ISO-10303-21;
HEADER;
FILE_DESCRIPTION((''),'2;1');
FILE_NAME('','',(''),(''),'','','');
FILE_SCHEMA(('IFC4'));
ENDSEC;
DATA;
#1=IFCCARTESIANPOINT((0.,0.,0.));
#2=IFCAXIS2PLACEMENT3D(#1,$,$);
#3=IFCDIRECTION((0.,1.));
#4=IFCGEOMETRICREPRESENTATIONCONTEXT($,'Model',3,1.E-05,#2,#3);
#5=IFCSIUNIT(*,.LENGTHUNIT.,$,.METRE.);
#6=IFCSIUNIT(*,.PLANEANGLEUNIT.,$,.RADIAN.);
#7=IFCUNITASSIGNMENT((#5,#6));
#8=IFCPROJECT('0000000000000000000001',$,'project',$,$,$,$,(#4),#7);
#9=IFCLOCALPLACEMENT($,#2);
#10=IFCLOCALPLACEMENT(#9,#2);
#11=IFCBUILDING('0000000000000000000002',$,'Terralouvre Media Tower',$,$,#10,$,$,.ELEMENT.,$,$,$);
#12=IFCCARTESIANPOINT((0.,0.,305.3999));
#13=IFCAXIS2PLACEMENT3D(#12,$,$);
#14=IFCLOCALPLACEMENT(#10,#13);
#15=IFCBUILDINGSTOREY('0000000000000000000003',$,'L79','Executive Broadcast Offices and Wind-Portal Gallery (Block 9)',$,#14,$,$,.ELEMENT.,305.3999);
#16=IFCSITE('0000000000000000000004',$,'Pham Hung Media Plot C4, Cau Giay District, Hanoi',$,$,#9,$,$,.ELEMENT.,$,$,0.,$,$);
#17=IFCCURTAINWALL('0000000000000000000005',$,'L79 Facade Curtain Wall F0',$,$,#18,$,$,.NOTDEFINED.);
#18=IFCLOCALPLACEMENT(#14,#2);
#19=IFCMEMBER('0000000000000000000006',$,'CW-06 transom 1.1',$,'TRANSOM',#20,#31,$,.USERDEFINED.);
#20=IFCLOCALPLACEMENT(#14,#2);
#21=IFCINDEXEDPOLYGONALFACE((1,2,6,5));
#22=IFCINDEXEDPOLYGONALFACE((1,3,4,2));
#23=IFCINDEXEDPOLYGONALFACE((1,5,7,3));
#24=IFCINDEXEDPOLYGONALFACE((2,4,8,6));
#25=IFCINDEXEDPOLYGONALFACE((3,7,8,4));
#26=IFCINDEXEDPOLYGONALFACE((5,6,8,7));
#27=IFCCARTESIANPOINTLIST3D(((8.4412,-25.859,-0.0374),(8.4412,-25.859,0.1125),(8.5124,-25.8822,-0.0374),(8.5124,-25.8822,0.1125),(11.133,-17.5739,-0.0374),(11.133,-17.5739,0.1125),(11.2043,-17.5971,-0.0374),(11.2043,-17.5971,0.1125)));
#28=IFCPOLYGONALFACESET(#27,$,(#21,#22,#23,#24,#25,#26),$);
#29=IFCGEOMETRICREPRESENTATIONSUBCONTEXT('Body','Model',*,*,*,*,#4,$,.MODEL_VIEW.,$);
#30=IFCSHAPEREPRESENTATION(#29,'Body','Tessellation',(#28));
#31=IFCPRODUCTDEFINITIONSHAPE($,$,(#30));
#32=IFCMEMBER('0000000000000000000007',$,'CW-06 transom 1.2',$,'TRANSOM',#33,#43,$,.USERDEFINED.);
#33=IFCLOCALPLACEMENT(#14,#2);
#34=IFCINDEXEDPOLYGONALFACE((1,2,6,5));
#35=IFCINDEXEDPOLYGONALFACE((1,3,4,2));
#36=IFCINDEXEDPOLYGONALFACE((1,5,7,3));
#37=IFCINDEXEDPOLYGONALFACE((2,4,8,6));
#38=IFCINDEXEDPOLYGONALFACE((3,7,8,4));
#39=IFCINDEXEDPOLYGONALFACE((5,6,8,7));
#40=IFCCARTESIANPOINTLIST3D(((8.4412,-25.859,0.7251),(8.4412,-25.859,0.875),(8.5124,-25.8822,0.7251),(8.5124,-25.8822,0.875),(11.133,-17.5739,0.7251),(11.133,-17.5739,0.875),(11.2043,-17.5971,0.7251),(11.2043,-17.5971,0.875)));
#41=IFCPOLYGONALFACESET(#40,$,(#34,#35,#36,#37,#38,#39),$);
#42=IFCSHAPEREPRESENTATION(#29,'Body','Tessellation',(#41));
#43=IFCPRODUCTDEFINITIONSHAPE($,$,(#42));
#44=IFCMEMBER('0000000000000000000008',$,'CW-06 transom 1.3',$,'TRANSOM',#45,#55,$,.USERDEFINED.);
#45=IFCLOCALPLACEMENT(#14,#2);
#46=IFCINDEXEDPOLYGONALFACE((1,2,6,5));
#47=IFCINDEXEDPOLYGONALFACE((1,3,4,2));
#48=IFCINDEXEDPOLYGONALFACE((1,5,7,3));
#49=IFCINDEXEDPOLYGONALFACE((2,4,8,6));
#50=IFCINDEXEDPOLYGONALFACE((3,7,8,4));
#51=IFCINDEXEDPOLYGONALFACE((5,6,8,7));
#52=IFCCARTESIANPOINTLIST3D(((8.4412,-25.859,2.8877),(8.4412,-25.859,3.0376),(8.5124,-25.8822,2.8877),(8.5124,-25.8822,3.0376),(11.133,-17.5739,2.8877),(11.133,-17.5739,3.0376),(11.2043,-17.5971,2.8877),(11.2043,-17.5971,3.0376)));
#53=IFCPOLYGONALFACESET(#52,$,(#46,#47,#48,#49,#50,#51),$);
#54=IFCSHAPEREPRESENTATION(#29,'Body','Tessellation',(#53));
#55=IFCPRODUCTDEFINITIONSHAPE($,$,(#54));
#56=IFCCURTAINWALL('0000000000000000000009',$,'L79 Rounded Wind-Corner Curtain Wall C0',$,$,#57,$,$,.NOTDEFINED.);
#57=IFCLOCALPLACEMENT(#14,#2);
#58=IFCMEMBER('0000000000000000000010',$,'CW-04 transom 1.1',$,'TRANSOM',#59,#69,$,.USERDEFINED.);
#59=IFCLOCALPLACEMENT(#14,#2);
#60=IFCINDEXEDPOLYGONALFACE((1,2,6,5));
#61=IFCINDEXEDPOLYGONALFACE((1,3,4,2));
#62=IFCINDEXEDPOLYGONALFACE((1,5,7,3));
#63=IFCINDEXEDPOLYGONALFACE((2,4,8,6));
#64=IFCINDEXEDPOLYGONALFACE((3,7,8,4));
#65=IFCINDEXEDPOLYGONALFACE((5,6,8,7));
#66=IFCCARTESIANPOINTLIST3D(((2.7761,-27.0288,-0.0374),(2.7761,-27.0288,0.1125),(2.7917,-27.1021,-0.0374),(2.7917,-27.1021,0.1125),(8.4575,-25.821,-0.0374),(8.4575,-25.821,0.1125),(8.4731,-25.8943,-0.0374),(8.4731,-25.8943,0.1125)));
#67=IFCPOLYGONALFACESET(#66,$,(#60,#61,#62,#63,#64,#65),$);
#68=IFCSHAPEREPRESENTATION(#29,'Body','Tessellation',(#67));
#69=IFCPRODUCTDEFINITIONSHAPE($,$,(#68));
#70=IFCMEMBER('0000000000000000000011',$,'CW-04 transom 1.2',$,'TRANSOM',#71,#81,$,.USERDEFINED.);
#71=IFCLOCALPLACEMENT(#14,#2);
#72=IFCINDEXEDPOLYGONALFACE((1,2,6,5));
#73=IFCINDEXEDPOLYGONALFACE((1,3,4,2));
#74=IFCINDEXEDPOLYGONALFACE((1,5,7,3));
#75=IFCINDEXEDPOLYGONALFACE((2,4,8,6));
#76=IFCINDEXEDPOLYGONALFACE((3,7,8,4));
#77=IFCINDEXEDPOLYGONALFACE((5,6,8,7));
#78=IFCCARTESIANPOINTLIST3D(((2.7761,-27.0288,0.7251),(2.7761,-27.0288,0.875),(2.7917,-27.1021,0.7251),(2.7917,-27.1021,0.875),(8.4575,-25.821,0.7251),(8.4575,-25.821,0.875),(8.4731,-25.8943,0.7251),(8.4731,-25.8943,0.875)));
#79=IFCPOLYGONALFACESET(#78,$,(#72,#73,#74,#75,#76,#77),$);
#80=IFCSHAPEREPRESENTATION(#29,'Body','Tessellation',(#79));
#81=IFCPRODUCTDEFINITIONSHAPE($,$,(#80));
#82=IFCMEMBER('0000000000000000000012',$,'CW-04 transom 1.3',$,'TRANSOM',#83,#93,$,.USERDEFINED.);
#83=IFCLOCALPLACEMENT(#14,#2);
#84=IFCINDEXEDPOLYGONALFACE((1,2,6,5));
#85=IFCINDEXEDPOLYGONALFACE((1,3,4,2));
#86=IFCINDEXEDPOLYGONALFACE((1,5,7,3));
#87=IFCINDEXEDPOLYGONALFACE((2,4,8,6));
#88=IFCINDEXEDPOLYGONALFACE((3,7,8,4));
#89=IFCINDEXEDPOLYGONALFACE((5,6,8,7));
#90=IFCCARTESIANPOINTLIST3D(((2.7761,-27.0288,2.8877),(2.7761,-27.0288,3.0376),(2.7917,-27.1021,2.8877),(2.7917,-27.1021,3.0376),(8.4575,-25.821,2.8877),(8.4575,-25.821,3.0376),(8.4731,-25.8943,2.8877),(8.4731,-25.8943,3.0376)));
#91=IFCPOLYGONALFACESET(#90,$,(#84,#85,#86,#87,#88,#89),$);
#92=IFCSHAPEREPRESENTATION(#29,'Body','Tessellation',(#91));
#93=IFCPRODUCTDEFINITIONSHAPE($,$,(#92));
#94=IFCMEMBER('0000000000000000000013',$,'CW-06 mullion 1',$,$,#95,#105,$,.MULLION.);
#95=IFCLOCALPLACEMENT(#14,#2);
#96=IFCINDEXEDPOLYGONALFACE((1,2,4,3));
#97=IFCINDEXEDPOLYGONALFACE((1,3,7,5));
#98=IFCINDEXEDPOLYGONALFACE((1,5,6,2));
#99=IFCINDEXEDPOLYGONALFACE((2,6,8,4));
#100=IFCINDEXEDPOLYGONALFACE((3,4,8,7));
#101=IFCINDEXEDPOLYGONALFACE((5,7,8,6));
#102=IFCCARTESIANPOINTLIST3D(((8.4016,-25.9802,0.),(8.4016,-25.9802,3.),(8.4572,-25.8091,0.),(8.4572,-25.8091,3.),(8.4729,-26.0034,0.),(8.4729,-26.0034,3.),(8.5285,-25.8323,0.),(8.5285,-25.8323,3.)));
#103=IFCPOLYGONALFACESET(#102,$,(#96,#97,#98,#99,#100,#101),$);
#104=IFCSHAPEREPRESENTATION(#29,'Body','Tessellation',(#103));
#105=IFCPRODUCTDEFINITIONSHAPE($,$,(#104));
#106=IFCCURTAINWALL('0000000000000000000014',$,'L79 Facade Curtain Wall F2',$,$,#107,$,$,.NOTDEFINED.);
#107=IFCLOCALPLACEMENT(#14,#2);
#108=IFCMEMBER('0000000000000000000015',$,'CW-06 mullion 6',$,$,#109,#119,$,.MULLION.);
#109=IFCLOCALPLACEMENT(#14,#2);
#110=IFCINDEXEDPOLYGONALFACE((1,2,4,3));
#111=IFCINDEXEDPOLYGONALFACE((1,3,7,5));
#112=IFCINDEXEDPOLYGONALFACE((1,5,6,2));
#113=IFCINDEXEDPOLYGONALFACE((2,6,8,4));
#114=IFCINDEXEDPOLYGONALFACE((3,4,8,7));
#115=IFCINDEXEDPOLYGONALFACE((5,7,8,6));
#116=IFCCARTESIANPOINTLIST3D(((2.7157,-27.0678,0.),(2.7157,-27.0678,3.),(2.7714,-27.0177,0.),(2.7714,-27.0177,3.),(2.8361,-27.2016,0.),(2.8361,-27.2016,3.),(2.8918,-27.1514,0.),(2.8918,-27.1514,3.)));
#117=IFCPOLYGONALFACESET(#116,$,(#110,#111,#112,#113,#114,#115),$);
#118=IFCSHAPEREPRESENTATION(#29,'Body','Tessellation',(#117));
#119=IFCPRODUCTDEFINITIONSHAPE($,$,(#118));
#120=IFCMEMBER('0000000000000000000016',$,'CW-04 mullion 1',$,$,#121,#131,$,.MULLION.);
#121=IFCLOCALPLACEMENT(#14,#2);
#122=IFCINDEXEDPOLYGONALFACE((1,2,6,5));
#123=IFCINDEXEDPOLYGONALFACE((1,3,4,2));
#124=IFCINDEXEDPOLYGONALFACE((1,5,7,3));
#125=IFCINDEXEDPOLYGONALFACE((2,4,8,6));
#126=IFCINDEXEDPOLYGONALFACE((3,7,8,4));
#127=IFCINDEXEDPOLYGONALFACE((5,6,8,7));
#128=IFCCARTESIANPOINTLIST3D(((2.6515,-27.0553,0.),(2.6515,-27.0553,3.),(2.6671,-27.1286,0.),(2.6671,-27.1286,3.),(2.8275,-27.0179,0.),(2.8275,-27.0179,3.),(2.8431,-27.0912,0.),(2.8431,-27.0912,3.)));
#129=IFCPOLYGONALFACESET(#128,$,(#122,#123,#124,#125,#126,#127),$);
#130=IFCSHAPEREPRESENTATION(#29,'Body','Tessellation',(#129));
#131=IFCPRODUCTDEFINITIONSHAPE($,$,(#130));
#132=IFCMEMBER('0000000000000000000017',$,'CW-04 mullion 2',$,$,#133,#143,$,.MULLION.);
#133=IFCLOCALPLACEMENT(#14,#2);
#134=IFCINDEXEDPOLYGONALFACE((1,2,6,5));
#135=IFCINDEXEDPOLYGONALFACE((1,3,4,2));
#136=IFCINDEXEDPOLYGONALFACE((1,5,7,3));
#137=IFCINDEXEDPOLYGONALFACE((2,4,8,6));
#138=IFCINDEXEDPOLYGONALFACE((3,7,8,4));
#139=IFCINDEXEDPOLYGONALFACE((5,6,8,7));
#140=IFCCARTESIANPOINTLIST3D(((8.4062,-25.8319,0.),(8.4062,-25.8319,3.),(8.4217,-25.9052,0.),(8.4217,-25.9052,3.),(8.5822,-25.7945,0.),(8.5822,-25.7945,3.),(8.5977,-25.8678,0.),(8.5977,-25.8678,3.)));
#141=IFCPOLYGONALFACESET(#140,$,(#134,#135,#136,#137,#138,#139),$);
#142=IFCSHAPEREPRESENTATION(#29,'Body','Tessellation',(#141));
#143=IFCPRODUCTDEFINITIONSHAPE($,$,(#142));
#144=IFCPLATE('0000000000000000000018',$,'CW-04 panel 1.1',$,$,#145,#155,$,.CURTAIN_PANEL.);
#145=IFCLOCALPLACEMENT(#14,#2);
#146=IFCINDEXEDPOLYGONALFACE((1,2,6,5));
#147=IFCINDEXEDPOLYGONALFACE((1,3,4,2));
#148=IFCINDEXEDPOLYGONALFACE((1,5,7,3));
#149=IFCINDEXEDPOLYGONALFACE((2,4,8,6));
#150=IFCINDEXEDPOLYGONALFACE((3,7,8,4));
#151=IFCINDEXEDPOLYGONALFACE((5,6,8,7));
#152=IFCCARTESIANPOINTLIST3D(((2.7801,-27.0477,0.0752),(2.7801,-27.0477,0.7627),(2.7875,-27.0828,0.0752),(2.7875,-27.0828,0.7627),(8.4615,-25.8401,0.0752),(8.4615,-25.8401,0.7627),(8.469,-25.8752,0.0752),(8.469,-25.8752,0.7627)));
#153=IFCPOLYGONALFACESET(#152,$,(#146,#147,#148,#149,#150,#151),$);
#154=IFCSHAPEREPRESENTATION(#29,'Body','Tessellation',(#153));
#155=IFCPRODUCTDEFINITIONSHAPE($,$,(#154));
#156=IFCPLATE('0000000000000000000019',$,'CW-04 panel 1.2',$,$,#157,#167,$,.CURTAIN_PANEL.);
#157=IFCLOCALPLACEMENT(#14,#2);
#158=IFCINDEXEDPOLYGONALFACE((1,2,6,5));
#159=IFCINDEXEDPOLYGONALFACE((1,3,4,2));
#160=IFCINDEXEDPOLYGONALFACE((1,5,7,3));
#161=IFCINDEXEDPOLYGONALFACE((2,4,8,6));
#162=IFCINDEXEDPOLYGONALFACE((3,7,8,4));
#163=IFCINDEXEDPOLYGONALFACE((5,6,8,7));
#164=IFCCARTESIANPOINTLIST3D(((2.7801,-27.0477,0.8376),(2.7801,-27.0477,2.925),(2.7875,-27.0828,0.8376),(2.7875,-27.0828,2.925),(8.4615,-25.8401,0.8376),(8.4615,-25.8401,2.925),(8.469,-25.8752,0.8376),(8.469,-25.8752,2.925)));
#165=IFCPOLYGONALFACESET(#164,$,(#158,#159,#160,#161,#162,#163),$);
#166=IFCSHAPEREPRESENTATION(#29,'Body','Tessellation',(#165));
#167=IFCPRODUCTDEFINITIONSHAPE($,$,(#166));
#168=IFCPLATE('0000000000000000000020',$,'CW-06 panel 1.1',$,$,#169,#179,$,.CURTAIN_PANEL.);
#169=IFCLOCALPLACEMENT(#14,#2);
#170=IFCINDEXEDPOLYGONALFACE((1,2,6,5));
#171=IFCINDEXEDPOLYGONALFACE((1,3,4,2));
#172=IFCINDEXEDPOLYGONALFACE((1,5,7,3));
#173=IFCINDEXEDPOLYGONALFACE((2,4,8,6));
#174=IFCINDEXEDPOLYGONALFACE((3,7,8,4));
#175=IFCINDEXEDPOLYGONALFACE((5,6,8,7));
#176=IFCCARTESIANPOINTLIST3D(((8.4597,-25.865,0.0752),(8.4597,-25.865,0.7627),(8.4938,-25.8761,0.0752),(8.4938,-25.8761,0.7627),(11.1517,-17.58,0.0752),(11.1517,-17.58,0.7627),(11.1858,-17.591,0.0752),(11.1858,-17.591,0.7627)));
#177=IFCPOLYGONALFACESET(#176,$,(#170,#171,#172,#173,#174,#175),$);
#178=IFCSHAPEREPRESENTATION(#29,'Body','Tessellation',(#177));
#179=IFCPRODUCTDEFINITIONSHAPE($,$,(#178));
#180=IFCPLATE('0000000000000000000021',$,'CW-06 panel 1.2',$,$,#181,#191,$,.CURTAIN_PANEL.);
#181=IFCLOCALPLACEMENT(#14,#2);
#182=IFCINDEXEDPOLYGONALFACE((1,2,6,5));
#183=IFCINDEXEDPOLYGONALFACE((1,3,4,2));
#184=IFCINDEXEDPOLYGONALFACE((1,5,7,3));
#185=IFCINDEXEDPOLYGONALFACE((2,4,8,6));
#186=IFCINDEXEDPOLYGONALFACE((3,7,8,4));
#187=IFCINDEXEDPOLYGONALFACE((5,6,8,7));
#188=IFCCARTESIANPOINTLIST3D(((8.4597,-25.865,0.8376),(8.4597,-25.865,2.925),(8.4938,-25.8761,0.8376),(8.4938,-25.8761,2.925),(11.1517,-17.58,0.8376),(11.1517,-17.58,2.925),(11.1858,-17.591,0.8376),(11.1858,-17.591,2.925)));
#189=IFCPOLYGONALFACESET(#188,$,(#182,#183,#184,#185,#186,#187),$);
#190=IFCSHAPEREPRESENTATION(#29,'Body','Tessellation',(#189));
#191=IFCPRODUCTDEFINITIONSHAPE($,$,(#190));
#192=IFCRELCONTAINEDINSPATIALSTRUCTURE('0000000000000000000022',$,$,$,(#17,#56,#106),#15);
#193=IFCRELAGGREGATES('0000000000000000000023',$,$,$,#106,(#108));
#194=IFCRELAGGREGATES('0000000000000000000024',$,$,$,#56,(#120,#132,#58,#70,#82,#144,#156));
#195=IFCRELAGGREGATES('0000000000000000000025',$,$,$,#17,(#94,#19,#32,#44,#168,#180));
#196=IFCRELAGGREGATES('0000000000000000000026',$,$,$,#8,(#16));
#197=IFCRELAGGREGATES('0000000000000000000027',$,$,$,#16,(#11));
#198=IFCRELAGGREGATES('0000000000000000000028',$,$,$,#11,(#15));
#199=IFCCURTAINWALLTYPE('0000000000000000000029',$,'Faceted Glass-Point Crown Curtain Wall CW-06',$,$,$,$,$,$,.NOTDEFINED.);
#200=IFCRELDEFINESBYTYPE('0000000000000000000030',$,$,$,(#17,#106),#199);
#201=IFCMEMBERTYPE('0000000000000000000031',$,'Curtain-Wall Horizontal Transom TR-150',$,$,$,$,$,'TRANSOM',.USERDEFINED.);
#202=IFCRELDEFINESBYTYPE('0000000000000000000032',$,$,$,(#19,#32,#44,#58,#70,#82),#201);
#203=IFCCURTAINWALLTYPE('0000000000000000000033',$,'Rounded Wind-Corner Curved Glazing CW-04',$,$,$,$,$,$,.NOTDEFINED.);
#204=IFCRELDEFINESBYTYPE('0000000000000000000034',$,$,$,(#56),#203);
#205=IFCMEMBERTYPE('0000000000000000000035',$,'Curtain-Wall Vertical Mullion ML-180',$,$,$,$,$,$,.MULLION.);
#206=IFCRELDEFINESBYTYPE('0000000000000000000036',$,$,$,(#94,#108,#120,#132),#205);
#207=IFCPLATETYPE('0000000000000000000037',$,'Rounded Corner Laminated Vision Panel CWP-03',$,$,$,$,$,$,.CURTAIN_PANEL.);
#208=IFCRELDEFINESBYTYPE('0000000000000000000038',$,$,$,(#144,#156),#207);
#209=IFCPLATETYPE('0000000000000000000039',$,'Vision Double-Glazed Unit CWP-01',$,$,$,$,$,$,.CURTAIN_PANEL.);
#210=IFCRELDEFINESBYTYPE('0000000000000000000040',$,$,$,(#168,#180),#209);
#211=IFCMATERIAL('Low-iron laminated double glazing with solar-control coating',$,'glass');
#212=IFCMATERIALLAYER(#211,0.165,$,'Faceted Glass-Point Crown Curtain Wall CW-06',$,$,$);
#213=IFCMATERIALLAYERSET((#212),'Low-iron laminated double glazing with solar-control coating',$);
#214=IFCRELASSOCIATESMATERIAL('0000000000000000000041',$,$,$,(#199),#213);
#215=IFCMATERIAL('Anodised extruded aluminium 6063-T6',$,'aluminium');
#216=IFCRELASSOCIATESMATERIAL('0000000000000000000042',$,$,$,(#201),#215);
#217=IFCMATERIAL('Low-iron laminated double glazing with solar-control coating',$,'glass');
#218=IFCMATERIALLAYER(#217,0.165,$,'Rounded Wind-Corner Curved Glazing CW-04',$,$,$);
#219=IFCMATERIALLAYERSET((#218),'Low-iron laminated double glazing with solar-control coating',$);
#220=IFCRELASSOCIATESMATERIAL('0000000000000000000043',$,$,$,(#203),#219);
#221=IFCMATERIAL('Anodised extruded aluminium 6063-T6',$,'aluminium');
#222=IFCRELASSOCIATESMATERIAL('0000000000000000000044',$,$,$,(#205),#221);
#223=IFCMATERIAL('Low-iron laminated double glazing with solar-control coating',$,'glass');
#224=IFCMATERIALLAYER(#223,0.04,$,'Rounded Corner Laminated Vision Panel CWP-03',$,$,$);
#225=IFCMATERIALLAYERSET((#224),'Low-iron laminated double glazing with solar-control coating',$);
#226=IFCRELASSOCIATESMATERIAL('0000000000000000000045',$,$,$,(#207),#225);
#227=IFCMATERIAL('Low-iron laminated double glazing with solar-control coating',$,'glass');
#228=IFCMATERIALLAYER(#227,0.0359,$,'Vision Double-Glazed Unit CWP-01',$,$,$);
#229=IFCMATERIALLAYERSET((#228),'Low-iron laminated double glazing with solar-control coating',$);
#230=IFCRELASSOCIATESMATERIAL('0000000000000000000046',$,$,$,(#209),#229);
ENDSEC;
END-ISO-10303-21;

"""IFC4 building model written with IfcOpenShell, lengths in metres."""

from ifc_helpers import new_model, si_unit, direction, frame, origin, origin_2d, place, context, subcontext, project, spatial, rectangle, extrude, material, layer, layer_set, material_profile, profile_set, type_object, element, aggregate, save


model = new_model("IFC4")

# Units and contexts
model_context = context("Model", 3, precision=1e-05, world=origin(), true_north=direction((0.0, 1.0)))
body_context = subcontext(model_context, "Body", "Model", "MODEL_VIEW")
ifc_project = project(units=[si_unit("LENGTHUNIT", "METRE"), si_unit("PLANEANGLEUNIT", "RADIAN")], contexts=[model_context])

# Site, building, storey
site_placement = place(None, origin())
site = spatial("IfcSite", under=ifc_project, at=site_placement, Name="Pham Hung Media Plot C4, Cau Giay District, Hanoi", CompositionType="ELEMENT", RefElevation=0.0)
building_placement = place(site_placement, origin())
building = spatial("IfcBuilding", under=site, at=building_placement, Name="Terralouvre Media Tower", CompositionType="ELEMENT")
storey_placement = place(building_placement, frame((0.0, 0.0, 305.3999)))
storey = spatial("IfcBuildingStorey", under=building, at=storey_placement, Name="L79", Description="Executive Broadcast Offices and Wind-Portal Gallery (Block 9)", CompositionType="ELEMENT", Elevation=305.3999)

# Curtain walls, members
ifc_material_1 = material(Name="Low-iron laminated double glazing with solar-control coating", Category="glass")
ifc_layer_1 = layer(ifc_material_1, 0.165, Name="Faceted Glass-Point Crown Curtain Wall CW-06")
ifc_layer_set_1 = layer_set([ifc_layer_1], Name="Low-iron laminated double glazing with solar-control coating")
curtain_wall_type_1 = type_object("IfcCurtainWallType", Name="Faceted Glass-Point Crown Curtain Wall CW-06", PredefinedType="NOTDEFINED", material=ifc_layer_set_1)
curtain_wall_1_placement = place(storey_placement, origin())
curtain_wall_1 = element("IfcCurtainWall", 1, at=curtain_wall_1_placement, inside=storey, type_object=curtain_wall_type_1, Name="L79 Facade Curtain Wall F0", PredefinedType="NOTDEFINED")
ifc_material_2 = material(Name="Anodised extruded aluminium 6063-T6", Category="aluminium")
ifc_material_profile_1 = material_profile(ifc_material_2, rectangle(XDim=0.075, YDim=0.1499, at=origin_2d()), Name="ALU 75x150")
ifc_profile_set_1 = profile_set([ifc_material_profile_1], Name="Anodised extruded aluminium 6063-T6")
member_type_1 = type_object("IfcMemberType", Name="Curtain-Wall Horizontal Transom TR-150", ElementType="TRANSOM", PredefinedType="USERDEFINED", material=ifc_profile_set_1)
member_1_placement = place(storey_placement, frame((8.4768, -25.8706, 0.0376), z_axis=(0.309005, 0.95106, 0.0), x_axis=(-0.95106, 0.309005, 0.0)))
member_1 = element("IfcMember", 2, at=member_1_placement, type_object=member_type_1, Name="CW-06 transom 1.1", ObjectType="TRANSOM", PredefinedType="USERDEFINED", context=body_context, shape_type="SweptSolid", body=[
    extrude(rectangle(XDim=0.075, YDim=0.1499, at=origin_2d()), origin(), (0.0, 0.0, 1.0), 8.7114),
])
member_2_placement = place(storey_placement, frame((8.4768, -25.8706, 0.8), z_axis=(0.309005, 0.95106, 0.0), x_axis=(-0.95106, 0.309005, 0.0)))
member_2 = element("IfcMember", 3, at=member_2_placement, type_object=member_type_1, Name="CW-06 transom 1.2", ObjectType="TRANSOM", PredefinedType="USERDEFINED", context=body_context, shape_type="SweptSolid", body=[
    extrude(rectangle(XDim=0.075, YDim=0.1499, at=origin_2d()), origin(), (0.0, 0.0, 1.0), 8.7114),
])
member_3_placement = place(storey_placement, frame((8.4768, -25.8706, 2.9626), z_axis=(0.309005, 0.95106, 0.0), x_axis=(-0.95106, 0.309005, 0.0)))
member_3 = element("IfcMember", 4, at=member_3_placement, type_object=member_type_1, Name="CW-06 transom 1.3", ObjectType="TRANSOM", PredefinedType="USERDEFINED", context=body_context, shape_type="SweptSolid", body=[
    extrude(rectangle(XDim=0.075, YDim=0.1499, at=origin_2d()), origin(), (0.0, 0.0, 1.0), 8.7114),
])
ifc_material_3 = material(Name="Low-iron laminated double glazing with solar-control coating", Category="glass")
ifc_layer_2 = layer(ifc_material_3, 0.165, Name="Rounded Wind-Corner Curved Glazing CW-04")
ifc_layer_set_2 = layer_set([ifc_layer_2], Name="Low-iron laminated double glazing with solar-control coating")
curtain_wall_type_2 = type_object("IfcCurtainWallType", Name="Rounded Wind-Corner Curved Glazing CW-04", PredefinedType="NOTDEFINED", material=ifc_layer_set_2)
curtain_wall_2_placement = place(storey_placement, origin())
curtain_wall_2 = element("IfcCurtainWall", 5, at=curtain_wall_2_placement, inside=storey, type_object=curtain_wall_type_2, Name="L79 Rounded Wind-Corner Curtain Wall C0", PredefinedType="NOTDEFINED")
member_4_placement = place(storey_placement, frame((2.7839, -27.0654, 0.0376), z_axis=(0.978143, 0.207936, 0.0), x_axis=(-0.207936, 0.978143, 0.0)))
member_4 = element("IfcMember", 6, at=member_4_placement, type_object=member_type_1, Name="CW-04 transom 1.1", ObjectType="TRANSOM", PredefinedType="USERDEFINED", context=body_context, shape_type="SweptSolid", body=[
    extrude(rectangle(XDim=0.075, YDim=0.1499, at=origin_2d()), origin(), (0.0, 0.0, 1.0), 5.8083),
])
member_5_placement = place(storey_placement, frame((2.7839, -27.0654, 0.8), z_axis=(0.978143, 0.207936, 0.0), x_axis=(-0.207936, 0.978143, 0.0)))
member_5 = element("IfcMember", 7, at=member_5_placement, type_object=member_type_1, Name="CW-04 transom 1.2", ObjectType="TRANSOM", PredefinedType="USERDEFINED", context=body_context, shape_type="SweptSolid", body=[
    extrude(rectangle(XDim=0.075, YDim=0.1499, at=origin_2d()), origin(), (0.0, 0.0, 1.0), 5.8083),
])
member_6_placement = place(storey_placement, frame((2.7839, -27.0654, 2.9626), z_axis=(0.978143, 0.207936, 0.0), x_axis=(-0.207936, 0.978143, 0.0)))
member_6 = element("IfcMember", 8, at=member_6_placement, type_object=member_type_1, Name="CW-04 transom 1.3", ObjectType="TRANSOM", PredefinedType="USERDEFINED", context=body_context, shape_type="SweptSolid", body=[
    extrude(rectangle(XDim=0.075, YDim=0.1499, at=origin_2d()), origin(), (0.0, 0.0, 1.0), 5.8083),
])

# Member
ifc_material_4 = material(Name="Anodised extruded aluminium 6063-T6", Category="aluminium")
ifc_material_profile_2 = material_profile(ifc_material_4, rectangle(XDim=0.075, YDim=0.1799, at=origin_2d()), Name="ALU 75x180")
ifc_profile_set_2 = profile_set([ifc_material_profile_2], Name="Anodised extruded aluminium 6063-T6")
member_type_2 = type_object("IfcMemberType", Name="Curtain-Wall Vertical Mullion ML-180", PredefinedType="MULLION", material=ifc_profile_set_2)
member_7_placement = place(storey_placement, frame((8.4651, -25.9062, 0.0), z_axis=(0.0, 0.0, 1.0), x_axis=(-0.951057, 0.309017, 0.0)))
member_7 = element("IfcMember", 9, at=member_7_placement, type_object=member_type_2, Name="CW-06 mullion 1", PredefinedType="MULLION", context=body_context, shape_type="SweptSolid", body=[
    extrude(rectangle(XDim=0.075, YDim=0.1799, at=origin_2d()), origin(), (0.0, 0.0, 1.0), 3.0),
])

# Curtain wall, member
curtain_wall_3_placement = place(storey_placement, origin())
curtain_wall_3 = element("IfcCurtainWall", 10, at=curtain_wall_3_placement, inside=storey, type_object=curtain_wall_type_1, Name="L79 Facade Curtain Wall F2", PredefinedType="NOTDEFINED")
member_8_placement = place(storey_placement, frame((2.8037, -27.1096, 0.0), z_axis=(0.0, 0.0, 1.0), x_axis=(0.743145, 0.669131, 0.0)))
member_8 = element("IfcMember", 11, at=member_8_placement, type_object=member_type_2, Name="CW-06 mullion 6", PredefinedType="MULLION", context=body_context, shape_type="SweptSolid", body=[
    extrude(rectangle(XDim=0.075, YDim=0.1799, at=origin_2d()), origin(), (0.0, 0.0, 1.0), 3.0),
])
aggregate(curtain_wall_3, [member_8])

# Members
member_9_placement = place(storey_placement, frame((2.7473, -27.0732, 0.0), z_axis=(0.0, 0.0, 1.0), x_axis=(-0.207912, 0.978148, 0.0)))
member_9 = element("IfcMember", 12, at=member_9_placement, type_object=member_type_2, Name="CW-04 mullion 1", PredefinedType="MULLION", context=body_context, shape_type="SweptSolid", body=[
    extrude(rectangle(XDim=0.075, YDim=0.1799, at=origin_2d()), origin(), (0.0, 0.0, 1.0), 3.0),
])
member_10_placement = place(storey_placement, frame((8.502, -25.8499, 0.0), z_axis=(0.0, 0.0, 1.0), x_axis=(-0.207912, 0.978148, 0.0)))
member_10 = element("IfcMember", 13, at=member_10_placement, type_object=member_type_2, Name="CW-04 mullion 2", PredefinedType="MULLION", context=body_context, shape_type="SweptSolid", body=[
    extrude(rectangle(XDim=0.075, YDim=0.1799, at=origin_2d()), origin(), (0.0, 0.0, 1.0), 3.0),
])

# Plates
ifc_material_5 = material(Name="Low-iron laminated double glazing with solar-control coating", Category="glass")
ifc_layer_3 = layer(ifc_material_5, 0.04, Name="Rounded Corner Laminated Vision Panel CWP-03")
ifc_layer_set_3 = layer_set([ifc_layer_3], Name="Low-iron laminated double glazing with solar-control coating")
plate_type_1 = type_object("IfcPlateType", Name="Rounded Corner Laminated Vision Panel CWP-03", PredefinedType="CURTAIN_PANEL", material=ifc_layer_set_3)
plate_1_placement = place(storey_placement, frame((5.6245, -26.4614, 0.0752), z_axis=(0.0, 0.0, 1.0), x_axis=(0.978148, 0.207912, 0.0)))
plate_1 = element("IfcPlate", 14, at=plate_1_placement, type_object=plate_type_1, Name="CW-04 panel 1.1", PredefinedType="CURTAIN_PANEL", context=body_context, shape_type="SweptSolid", body=[
    extrude(rectangle(XDim=5.8083, YDim=0.0359, at=origin_2d()), origin(), (0.0, 0.0, 1.0), 0.6875),
])
plate_2_placement = place(storey_placement, frame((5.6245, -26.4614, 0.8376), z_axis=(0.0, 0.0, 1.0), x_axis=(0.978148, 0.207912, 0.0)))
plate_2 = element("IfcPlate", 15, at=plate_2_placement, type_object=plate_type_1, Name="CW-04 panel 1.2", PredefinedType="CURTAIN_PANEL", context=body_context, shape_type="SweptSolid", body=[
    extrude(rectangle(XDim=5.8083, YDim=0.0359, at=origin_2d()), origin(), (0.0, 0.0, 1.0), 2.0874),
])
aggregate(curtain_wall_2, [member_9, member_10, member_4, member_5, member_6, plate_1, plate_2])
ifc_material_6 = material(Name="Low-iron laminated double glazing with solar-control coating", Category="glass")
ifc_layer_4 = layer(ifc_material_6, 0.0359, Name="Vision Double-Glazed Unit CWP-01")
ifc_layer_set_4 = layer_set([ifc_layer_4], Name="Low-iron laminated double glazing with solar-control coating")
plate_type_2 = type_object("IfcPlateType", Name="Vision Double-Glazed Unit CWP-01", PredefinedType="CURTAIN_PANEL", material=ifc_layer_set_4)
plate_3_placement = place(storey_placement, frame((9.8228, -21.728, 0.0752), z_axis=(0.0, 0.0, 1.0), x_axis=(0.309017, 0.951057, 0.0)))
plate_3 = element("IfcPlate", 16, at=plate_3_placement, type_object=plate_type_2, Name="CW-06 panel 1.1", PredefinedType="CURTAIN_PANEL", context=body_context, shape_type="SweptSolid", body=[
    extrude(rectangle(XDim=8.7114, YDim=0.0359, at=origin_2d()), origin(), (0.0, 0.0, 1.0), 0.6875),
])
plate_4_placement = place(storey_placement, frame((9.8228, -21.728, 0.8376), z_axis=(0.0, 0.0, 1.0), x_axis=(0.309017, 0.951057, 0.0)))
plate_4 = element("IfcPlate", 17, at=plate_4_placement, type_object=plate_type_2, Name="CW-06 panel 1.2", PredefinedType="CURTAIN_PANEL", context=body_context, shape_type="SweptSolid", body=[
    extrude(rectangle(XDim=8.7114, YDim=0.0359, at=origin_2d()), origin(), (0.0, 0.0, 1.0), 2.0874),
])
aggregate(curtain_wall_1, [member_7, member_1, member_2, member_3, plate_3, plate_4])

save(model, "model.ifc")
